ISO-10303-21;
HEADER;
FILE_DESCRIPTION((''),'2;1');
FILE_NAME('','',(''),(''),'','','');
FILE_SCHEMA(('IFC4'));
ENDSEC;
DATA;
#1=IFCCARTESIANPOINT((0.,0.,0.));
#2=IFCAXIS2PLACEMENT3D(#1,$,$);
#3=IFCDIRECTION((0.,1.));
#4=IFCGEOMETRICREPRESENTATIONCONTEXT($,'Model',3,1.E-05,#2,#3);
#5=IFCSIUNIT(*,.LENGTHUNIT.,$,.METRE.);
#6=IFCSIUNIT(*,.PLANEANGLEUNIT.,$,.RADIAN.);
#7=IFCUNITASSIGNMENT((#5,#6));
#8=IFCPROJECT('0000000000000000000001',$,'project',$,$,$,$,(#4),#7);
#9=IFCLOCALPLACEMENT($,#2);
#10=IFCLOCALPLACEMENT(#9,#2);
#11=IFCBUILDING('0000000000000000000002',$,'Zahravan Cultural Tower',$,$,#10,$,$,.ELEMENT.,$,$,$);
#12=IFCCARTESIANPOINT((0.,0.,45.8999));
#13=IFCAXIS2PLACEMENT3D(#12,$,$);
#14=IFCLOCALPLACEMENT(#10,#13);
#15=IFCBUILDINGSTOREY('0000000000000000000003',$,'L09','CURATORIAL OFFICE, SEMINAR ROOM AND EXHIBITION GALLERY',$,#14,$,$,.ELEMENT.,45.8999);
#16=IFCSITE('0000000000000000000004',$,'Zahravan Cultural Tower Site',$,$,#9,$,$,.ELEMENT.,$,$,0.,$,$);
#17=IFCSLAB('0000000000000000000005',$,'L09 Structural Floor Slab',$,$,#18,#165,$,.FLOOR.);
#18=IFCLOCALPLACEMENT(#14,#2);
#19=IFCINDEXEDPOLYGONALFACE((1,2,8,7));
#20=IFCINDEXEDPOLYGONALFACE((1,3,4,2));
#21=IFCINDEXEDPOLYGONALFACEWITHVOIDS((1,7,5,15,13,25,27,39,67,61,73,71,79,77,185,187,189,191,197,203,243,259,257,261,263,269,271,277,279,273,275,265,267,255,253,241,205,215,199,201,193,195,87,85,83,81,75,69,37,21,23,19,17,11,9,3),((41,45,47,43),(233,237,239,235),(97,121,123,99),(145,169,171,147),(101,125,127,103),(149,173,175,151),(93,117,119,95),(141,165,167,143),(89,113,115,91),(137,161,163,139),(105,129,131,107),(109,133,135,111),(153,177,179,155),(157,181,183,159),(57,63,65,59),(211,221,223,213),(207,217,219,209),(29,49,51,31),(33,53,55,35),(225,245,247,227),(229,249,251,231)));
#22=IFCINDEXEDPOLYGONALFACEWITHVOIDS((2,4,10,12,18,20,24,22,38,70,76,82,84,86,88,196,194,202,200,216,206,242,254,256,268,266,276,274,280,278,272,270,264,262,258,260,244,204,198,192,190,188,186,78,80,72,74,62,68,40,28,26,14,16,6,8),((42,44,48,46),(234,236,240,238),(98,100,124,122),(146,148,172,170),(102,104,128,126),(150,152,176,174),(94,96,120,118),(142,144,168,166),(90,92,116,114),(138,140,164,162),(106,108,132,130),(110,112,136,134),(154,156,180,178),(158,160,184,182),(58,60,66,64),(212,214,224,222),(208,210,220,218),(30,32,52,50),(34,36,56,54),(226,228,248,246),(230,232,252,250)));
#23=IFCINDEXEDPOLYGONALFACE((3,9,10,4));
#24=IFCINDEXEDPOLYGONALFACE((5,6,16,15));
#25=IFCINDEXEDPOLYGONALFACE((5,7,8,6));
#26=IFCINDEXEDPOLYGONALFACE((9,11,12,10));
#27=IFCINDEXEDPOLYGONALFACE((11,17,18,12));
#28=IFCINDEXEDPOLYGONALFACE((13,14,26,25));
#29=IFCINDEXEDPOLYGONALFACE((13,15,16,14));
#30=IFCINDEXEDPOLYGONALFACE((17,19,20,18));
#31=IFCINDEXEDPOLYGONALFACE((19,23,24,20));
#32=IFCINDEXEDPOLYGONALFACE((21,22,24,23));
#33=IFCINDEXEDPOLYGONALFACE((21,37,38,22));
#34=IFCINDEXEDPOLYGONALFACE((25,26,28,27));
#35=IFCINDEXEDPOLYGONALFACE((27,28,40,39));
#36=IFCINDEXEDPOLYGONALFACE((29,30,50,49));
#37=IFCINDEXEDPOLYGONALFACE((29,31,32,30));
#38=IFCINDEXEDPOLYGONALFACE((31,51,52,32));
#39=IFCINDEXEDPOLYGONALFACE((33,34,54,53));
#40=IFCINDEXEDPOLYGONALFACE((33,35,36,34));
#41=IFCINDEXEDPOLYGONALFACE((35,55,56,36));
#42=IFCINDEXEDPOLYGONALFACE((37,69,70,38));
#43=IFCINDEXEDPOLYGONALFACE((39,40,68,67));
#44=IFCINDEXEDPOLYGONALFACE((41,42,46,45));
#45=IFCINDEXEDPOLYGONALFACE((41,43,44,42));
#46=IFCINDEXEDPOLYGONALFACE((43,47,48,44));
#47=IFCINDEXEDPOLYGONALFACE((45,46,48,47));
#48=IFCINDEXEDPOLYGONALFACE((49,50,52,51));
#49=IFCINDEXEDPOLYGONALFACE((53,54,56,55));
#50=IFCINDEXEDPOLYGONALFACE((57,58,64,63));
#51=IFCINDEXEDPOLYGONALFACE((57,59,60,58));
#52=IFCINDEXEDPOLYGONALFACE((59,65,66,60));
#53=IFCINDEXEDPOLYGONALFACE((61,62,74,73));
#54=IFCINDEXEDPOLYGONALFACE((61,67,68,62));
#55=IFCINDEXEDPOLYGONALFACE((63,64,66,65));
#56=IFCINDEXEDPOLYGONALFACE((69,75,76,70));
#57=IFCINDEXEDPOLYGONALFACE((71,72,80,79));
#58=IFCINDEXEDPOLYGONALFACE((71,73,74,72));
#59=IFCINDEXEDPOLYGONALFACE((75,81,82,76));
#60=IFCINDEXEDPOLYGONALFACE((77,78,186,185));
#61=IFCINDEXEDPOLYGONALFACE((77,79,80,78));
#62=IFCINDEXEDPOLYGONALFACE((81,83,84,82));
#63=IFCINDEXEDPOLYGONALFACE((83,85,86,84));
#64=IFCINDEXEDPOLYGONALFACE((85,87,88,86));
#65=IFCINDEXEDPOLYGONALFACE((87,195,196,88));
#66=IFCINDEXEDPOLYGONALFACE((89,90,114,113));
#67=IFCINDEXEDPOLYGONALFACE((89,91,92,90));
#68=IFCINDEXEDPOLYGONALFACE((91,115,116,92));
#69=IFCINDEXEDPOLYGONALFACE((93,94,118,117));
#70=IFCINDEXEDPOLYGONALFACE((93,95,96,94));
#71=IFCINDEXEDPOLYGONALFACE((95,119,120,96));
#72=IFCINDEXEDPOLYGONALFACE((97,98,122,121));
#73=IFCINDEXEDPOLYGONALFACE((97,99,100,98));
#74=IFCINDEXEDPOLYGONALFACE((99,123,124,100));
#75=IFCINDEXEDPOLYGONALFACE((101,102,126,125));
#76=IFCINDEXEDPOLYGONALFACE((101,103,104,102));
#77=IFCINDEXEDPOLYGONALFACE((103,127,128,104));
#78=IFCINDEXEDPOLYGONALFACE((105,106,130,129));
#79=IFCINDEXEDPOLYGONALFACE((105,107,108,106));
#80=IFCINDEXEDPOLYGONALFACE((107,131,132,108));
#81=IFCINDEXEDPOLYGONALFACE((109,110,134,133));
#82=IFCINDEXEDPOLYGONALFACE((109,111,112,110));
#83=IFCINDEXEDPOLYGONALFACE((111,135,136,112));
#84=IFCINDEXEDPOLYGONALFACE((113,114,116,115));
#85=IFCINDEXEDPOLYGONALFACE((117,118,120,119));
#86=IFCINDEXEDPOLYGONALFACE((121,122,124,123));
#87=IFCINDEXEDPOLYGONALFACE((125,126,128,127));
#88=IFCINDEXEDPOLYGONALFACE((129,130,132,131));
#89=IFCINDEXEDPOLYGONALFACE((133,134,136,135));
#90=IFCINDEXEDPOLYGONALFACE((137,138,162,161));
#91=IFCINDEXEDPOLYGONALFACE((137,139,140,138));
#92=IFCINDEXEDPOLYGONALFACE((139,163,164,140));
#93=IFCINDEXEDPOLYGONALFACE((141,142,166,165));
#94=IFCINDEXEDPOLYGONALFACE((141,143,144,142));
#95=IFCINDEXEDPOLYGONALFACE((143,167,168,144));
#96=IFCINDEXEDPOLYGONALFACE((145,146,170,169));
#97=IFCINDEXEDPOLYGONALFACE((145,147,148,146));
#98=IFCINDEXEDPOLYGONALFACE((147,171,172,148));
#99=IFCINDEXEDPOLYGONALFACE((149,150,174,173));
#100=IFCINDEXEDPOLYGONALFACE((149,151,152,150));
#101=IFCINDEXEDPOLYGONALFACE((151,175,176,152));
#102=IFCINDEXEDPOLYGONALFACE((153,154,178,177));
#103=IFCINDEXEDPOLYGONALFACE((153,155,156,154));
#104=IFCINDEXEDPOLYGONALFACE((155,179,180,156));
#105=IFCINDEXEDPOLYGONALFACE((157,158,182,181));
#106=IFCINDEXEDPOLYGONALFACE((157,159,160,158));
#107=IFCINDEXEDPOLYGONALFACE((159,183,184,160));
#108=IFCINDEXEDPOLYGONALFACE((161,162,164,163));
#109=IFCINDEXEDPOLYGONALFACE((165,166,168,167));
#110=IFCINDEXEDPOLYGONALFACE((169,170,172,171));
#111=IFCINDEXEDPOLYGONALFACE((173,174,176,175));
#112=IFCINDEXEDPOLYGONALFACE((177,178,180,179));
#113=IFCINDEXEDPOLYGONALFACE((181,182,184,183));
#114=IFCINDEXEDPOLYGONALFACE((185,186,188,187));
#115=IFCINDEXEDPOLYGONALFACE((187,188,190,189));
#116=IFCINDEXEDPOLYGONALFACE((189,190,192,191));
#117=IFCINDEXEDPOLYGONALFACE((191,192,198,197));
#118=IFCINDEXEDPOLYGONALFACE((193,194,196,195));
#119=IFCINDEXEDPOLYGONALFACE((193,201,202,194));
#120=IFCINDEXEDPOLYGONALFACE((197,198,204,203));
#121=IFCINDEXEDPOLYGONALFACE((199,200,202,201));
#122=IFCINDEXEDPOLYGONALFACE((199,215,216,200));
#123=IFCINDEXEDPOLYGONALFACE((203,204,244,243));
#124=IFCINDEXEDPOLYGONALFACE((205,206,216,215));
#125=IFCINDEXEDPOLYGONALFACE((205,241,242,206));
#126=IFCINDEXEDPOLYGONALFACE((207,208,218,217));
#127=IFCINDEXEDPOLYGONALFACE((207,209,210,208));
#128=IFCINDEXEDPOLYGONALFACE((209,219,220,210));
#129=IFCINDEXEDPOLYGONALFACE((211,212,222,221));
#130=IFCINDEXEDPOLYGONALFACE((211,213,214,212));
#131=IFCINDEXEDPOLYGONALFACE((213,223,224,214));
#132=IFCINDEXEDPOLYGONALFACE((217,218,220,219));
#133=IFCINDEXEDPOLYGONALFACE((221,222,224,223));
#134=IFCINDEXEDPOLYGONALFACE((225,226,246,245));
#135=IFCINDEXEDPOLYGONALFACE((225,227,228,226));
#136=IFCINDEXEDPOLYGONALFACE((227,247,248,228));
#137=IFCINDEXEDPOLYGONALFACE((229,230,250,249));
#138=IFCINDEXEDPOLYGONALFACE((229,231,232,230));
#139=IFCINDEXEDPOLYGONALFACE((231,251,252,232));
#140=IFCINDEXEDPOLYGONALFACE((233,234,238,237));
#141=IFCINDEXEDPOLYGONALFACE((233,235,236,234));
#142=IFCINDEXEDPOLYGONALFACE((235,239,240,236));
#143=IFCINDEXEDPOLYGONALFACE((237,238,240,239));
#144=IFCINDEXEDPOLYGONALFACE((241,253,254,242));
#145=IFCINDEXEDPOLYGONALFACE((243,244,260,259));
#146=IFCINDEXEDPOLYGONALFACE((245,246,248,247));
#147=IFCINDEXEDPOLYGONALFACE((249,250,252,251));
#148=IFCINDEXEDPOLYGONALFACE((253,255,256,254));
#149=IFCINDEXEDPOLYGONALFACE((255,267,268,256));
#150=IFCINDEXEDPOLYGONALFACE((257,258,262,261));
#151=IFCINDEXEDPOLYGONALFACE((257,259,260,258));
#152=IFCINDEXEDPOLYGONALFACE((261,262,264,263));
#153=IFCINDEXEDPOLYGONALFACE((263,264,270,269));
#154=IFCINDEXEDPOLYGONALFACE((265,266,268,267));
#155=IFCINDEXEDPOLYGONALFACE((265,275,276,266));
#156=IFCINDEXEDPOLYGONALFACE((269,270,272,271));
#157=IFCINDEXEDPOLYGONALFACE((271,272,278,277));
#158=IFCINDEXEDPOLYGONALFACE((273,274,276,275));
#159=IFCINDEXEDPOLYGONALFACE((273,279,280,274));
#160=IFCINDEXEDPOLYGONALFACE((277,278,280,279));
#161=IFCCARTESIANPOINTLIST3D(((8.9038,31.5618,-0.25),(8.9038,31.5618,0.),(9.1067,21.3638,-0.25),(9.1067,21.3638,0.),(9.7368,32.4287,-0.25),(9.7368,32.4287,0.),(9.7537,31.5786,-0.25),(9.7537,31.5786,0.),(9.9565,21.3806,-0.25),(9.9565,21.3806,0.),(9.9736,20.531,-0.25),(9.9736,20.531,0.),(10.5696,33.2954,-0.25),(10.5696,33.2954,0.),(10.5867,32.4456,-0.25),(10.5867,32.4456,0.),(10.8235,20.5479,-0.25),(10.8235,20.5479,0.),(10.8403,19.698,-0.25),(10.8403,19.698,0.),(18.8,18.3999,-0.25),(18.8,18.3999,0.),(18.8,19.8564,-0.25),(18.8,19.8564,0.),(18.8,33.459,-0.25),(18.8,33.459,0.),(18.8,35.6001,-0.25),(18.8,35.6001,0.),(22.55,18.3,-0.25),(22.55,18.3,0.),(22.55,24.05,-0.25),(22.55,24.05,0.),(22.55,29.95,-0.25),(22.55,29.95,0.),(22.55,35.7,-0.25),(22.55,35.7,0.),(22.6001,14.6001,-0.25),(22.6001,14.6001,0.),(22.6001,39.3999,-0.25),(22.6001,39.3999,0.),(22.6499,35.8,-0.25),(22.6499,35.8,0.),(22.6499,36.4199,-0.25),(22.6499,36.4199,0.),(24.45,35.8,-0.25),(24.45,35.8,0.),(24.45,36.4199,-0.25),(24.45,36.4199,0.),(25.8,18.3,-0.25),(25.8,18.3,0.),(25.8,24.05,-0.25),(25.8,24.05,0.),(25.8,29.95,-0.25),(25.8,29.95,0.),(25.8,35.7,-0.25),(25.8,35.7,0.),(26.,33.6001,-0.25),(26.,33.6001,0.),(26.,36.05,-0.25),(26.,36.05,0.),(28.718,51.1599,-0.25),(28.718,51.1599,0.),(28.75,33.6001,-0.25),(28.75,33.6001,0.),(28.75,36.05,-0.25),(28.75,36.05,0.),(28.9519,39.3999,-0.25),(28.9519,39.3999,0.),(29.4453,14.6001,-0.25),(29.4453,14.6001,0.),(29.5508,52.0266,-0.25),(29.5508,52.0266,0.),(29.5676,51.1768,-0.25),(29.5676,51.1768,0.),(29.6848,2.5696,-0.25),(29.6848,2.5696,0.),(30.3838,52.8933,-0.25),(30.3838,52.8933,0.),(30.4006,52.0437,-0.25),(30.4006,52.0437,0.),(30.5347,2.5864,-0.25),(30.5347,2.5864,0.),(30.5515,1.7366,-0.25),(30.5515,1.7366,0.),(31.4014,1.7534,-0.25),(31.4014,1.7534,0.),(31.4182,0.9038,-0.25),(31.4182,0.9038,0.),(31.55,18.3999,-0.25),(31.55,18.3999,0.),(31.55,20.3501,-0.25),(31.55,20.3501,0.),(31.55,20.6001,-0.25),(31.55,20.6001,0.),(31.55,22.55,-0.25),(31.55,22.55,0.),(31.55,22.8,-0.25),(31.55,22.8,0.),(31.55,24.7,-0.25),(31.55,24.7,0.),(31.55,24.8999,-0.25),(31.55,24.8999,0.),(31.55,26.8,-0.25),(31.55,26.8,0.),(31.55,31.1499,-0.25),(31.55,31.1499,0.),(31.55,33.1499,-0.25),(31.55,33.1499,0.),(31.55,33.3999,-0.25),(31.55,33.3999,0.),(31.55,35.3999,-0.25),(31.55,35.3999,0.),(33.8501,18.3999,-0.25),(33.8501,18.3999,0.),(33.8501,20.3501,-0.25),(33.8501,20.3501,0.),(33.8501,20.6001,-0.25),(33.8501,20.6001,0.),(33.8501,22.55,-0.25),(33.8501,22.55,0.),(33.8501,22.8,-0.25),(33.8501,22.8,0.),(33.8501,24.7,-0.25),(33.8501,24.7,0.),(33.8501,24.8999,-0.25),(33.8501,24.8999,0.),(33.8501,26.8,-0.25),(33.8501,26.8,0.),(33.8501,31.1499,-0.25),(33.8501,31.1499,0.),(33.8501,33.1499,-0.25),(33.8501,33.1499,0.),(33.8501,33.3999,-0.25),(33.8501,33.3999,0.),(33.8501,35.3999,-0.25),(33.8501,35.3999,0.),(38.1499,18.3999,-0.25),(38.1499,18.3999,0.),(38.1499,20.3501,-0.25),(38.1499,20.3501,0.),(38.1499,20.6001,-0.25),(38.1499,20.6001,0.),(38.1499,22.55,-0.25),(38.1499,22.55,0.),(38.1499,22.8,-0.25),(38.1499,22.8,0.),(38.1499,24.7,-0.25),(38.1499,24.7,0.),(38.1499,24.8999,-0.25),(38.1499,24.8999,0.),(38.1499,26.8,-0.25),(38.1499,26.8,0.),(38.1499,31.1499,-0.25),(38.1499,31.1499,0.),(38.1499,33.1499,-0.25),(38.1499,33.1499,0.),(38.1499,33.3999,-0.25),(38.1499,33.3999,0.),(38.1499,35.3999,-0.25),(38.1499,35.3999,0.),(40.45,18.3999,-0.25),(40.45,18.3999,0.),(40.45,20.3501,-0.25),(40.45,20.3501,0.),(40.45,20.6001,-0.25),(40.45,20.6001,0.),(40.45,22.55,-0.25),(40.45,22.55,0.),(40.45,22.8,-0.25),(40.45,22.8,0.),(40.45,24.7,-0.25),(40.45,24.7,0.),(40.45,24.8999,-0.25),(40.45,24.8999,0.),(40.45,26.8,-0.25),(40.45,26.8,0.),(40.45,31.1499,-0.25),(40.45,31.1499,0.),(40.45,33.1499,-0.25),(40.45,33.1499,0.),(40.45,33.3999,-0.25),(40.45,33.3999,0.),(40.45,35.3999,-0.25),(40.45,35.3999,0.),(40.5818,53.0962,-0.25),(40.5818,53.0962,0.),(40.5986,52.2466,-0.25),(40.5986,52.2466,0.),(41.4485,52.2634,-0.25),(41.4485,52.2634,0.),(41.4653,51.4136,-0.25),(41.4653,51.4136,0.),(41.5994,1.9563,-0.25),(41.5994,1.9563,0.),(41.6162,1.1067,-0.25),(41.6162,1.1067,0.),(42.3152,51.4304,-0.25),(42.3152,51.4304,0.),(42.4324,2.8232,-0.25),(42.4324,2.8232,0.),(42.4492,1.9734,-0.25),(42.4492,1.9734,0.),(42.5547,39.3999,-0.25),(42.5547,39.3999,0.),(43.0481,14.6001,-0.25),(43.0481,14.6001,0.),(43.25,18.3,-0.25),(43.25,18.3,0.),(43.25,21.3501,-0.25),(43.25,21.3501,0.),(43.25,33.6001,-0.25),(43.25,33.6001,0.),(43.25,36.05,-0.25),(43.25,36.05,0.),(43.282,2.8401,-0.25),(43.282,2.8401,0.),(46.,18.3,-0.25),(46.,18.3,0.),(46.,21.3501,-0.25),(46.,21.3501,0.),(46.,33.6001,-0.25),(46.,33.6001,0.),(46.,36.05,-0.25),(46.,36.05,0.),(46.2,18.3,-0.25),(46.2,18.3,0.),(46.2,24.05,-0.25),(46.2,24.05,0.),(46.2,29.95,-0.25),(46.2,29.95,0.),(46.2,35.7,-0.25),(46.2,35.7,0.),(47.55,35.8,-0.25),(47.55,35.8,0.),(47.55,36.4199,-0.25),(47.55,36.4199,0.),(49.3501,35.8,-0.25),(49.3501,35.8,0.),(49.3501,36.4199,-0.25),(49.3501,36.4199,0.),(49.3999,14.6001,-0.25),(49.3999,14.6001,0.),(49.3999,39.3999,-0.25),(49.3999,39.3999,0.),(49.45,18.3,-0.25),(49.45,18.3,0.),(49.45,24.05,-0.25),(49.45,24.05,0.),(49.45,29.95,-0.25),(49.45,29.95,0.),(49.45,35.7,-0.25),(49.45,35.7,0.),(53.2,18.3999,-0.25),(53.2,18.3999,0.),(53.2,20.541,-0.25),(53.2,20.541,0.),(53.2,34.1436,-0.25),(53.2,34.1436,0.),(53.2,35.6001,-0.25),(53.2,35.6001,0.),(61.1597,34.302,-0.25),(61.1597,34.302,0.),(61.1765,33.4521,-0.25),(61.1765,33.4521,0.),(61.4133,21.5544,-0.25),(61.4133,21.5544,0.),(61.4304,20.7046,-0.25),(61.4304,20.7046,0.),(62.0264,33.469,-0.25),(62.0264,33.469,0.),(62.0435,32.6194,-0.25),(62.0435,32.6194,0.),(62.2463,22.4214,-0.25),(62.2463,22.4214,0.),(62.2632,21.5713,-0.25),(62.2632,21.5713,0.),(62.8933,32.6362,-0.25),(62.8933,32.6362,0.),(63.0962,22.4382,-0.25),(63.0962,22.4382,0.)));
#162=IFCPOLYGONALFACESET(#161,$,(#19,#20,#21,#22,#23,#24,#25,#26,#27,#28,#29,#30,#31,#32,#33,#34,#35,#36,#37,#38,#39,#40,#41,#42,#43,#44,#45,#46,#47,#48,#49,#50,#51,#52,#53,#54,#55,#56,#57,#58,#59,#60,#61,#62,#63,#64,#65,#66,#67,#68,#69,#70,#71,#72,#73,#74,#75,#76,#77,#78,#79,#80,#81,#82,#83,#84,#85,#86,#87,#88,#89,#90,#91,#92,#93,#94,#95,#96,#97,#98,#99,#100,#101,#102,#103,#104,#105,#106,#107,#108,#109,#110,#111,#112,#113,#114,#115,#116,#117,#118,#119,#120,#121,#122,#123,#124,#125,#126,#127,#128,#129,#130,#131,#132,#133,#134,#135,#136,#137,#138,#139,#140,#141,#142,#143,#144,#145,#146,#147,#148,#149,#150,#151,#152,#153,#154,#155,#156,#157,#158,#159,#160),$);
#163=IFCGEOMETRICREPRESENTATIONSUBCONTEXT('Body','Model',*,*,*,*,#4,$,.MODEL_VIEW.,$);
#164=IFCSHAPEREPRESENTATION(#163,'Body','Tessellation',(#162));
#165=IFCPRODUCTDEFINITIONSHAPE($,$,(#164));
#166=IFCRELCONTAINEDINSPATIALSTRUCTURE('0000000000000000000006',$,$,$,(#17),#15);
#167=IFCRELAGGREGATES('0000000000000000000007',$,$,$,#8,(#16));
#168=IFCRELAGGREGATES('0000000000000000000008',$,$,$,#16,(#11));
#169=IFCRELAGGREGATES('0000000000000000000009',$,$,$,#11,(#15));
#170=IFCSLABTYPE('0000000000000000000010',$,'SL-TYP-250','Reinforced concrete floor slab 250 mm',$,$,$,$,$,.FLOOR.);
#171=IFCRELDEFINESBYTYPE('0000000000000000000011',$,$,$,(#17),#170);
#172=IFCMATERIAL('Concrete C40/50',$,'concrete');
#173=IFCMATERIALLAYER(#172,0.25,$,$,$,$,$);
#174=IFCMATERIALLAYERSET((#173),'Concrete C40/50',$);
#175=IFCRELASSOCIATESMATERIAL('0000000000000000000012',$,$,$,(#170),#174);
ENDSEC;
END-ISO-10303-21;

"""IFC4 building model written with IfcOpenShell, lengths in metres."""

from ifc_helpers import new_model, si_unit, direction, frame, origin, place, context, subcontext, project, spatial, polyline, outline, extrude, material, layer, layer_set, type_object, element, save


model = new_model("IFC4")

# Units and contexts
model_context = context("Model", 3, precision=1e-05, world=origin(), true_north=direction((0.0, 1.0)))
body_context = subcontext(model_context, "Body", "Model", "MODEL_VIEW")
ifc_project = project(units=[si_unit("LENGTHUNIT", "METRE"), si_unit("PLANEANGLEUNIT", "RADIAN")], contexts=[model_context])

# Site, building, storey
site_placement = place(None, origin())
site = spatial("IfcSite", under=ifc_project, at=site_placement, Name="Zahravan Cultural Tower Site", CompositionType="ELEMENT", RefElevation=0.0)
building_placement = place(site_placement, origin())
building = spatial("IfcBuilding", under=site, at=building_placement, Name="Zahravan Cultural Tower", CompositionType="ELEMENT")
storey_placement = place(building_placement, frame((0.0, 0.0, 45.8999)))
storey = spatial("IfcBuildingStorey", under=building, at=storey_placement, Name="L09", Description="CURATORIAL OFFICE, SEMINAR ROOM AND EXHIBITION GALLERY", CompositionType="ELEMENT", Elevation=45.8999)

# Slab
ifc_material_1 = material(Name="Concrete C40/50", Category="concrete")
ifc_layer_1 = layer(ifc_material_1, 0.25)
ifc_layer_set_1 = layer_set([ifc_layer_1], Name="Concrete C40/50")
slab_type_1 = type_object("IfcSlabType", Name="SL-TYP-250", Description="Reinforced concrete floor slab 250 mm", PredefinedType="FLOOR", material=ifc_layer_set_1)
slab_1_placement = place(storey_placement, frame((0.0, 0.0, -0.25)))
element("IfcSlab", 1, at=slab_1_placement, inside=storey, type_object=slab_type_1, Name="L09 Structural Floor Slab", PredefinedType="FLOOR", context=body_context, shape_type="SweptSolid", body=[
    extrude(outline(polyline([(53.2, 34.1436), (53.2, 35.6001), (49.3999, 39.3999), (42.5547, 39.3999), (42.3152, 51.4304), (41.4653, 51.4136), (41.4485, 52.2634), (40.5986, 52.2466), (40.5818, 53.0962), (30.3838, 52.8933), (30.4006, 52.0437), (29.5508, 52.0266), (29.5676, 51.1768), (28.718, 51.1599), (28.9519, 39.3999), (22.6001, 39.3999), (18.8, 35.6001), (18.8, 33.459), (10.5696, 33.2954), (10.5867, 32.4456), (9.7368, 32.4287), (9.7537, 31.5786), (8.9038, 31.5618), (9.1067, 21.3638), (9.9565, 21.3806), (9.9736, 20.531), (10.8235, 20.5479), (10.8403, 19.698), (18.8, 19.8564), (18.8, 18.3999), (22.6001, 14.6001), (29.4453, 14.6001), (29.6848, 2.5696), (30.5347, 2.5864), (30.5515, 1.7366), (31.4014, 1.7534), (31.4182, 0.9038), (41.6162, 1.1067), (41.5994, 1.9563), (42.4492, 1.9734), (42.4324, 2.8232), (43.282, 2.8401), (43.0481, 14.6001), (49.3999, 14.6001), (53.2, 18.3999), (53.2, 20.541), (61.4304, 20.7046), (61.4133, 21.5544), (62.2632, 21.5713), (62.2463, 22.4214), (63.0962, 22.4382), (62.8933, 32.6362), (62.0435, 32.6194), (62.0264, 33.469), (61.1765, 33.4521), (61.1597, 34.302), (53.2, 34.1436)]), holes=[polyline([(22.55, 29.95), (22.55, 35.7), (25.8, 35.7), (25.8, 29.95), (22.55, 29.95)]), polyline([(22.55, 18.3), (22.55, 24.05), (25.8, 24.05), (25.8, 18.3), (22.55, 18.3)]), polyline([(46.2, 29.95), (46.2, 35.7), (49.45, 35.7), (49.45, 29.95), (46.2, 29.95)]), polyline([(46.2, 18.3), (46.2, 24.05), (49.45, 24.05), (49.45, 18.3), (46.2, 18.3)]), polyline([(26.0, 33.6001), (26.0, 36.05), (28.75, 36.05), (28.75, 33.6001), (26.0, 33.6001)]), polyline([(43.25, 33.6001), (43.25, 36.05), (46.0, 36.05), (46.0, 33.6001), (43.25, 33.6001)]), polyline([(43.25, 18.3), (43.25, 21.3501), (46.0, 21.3501), (46.0, 18.3), (43.25, 18.3)]), polyline([(31.55, 33.3999), (31.55, 35.3999), (33.8501, 35.3999), (33.8501, 33.3999), (31.55, 33.3999)]), polyline([(31.55, 31.1499), (31.55, 33.1499), (33.8501, 33.1499), (33.8501, 31.1499), (31.55, 31.1499)]), polyline([(38.1499, 33.3999), (38.1499, 35.3999), (40.45, 35.3999), (40.45, 33.3999), (38.1499, 33.3999)]), polyline([(38.1499, 31.1499), (38.1499, 33.1499), (40.45, 33.1499), (40.45, 31.1499), (38.1499, 31.1499)]), polyline([(31.55, 20.6001), (31.55, 22.55), (33.8501, 22.55), (33.8501, 20.6001), (31.55, 20.6001)]), polyline([(31.55, 18.3999), (31.55, 20.3501), (33.8501, 20.3501), (33.8501, 18.3999), (31.55, 18.3999)]), polyline([(38.1499, 20.6001), (38.1499, 22.55), (40.45, 22.55), (40.45, 20.6001), (38.1499, 20.6001)]), polyline([(38.1499, 18.3999), (38.1499, 20.3501), (40.45, 20.3501), (40.45, 18.3999), (38.1499, 18.3999)]), polyline([(31.55, 24.8999), (31.55, 26.8), (33.8501, 26.8), (33.8501, 24.8999), (31.55, 24.8999)]), polyline([(31.55, 22.8), (31.55, 24.7), (33.8501, 24.7), (33.8501, 22.8), (31.55, 22.8)]), polyline([(38.1499, 24.8999), (38.1499, 26.8), (40.45, 26.8), (40.45, 24.8999), (38.1499, 24.8999)]), polyline([(38.1499, 22.8), (38.1499, 24.7), (40.45, 24.7), (40.45, 22.8), (38.1499, 22.8)]), polyline([(22.6499, 35.8), (22.6499, 36.4199), (24.45, 36.4199), (24.45, 35.8), (22.6499, 35.8)]), polyline([(47.55, 35.8), (47.55, 36.4199), (49.3501, 36.4199), (49.3501, 35.8), (47.55, 35.8)])]), origin(), (0.0, 0.0, 1.0), 0.25),
])

save(model, "model.ifc")
